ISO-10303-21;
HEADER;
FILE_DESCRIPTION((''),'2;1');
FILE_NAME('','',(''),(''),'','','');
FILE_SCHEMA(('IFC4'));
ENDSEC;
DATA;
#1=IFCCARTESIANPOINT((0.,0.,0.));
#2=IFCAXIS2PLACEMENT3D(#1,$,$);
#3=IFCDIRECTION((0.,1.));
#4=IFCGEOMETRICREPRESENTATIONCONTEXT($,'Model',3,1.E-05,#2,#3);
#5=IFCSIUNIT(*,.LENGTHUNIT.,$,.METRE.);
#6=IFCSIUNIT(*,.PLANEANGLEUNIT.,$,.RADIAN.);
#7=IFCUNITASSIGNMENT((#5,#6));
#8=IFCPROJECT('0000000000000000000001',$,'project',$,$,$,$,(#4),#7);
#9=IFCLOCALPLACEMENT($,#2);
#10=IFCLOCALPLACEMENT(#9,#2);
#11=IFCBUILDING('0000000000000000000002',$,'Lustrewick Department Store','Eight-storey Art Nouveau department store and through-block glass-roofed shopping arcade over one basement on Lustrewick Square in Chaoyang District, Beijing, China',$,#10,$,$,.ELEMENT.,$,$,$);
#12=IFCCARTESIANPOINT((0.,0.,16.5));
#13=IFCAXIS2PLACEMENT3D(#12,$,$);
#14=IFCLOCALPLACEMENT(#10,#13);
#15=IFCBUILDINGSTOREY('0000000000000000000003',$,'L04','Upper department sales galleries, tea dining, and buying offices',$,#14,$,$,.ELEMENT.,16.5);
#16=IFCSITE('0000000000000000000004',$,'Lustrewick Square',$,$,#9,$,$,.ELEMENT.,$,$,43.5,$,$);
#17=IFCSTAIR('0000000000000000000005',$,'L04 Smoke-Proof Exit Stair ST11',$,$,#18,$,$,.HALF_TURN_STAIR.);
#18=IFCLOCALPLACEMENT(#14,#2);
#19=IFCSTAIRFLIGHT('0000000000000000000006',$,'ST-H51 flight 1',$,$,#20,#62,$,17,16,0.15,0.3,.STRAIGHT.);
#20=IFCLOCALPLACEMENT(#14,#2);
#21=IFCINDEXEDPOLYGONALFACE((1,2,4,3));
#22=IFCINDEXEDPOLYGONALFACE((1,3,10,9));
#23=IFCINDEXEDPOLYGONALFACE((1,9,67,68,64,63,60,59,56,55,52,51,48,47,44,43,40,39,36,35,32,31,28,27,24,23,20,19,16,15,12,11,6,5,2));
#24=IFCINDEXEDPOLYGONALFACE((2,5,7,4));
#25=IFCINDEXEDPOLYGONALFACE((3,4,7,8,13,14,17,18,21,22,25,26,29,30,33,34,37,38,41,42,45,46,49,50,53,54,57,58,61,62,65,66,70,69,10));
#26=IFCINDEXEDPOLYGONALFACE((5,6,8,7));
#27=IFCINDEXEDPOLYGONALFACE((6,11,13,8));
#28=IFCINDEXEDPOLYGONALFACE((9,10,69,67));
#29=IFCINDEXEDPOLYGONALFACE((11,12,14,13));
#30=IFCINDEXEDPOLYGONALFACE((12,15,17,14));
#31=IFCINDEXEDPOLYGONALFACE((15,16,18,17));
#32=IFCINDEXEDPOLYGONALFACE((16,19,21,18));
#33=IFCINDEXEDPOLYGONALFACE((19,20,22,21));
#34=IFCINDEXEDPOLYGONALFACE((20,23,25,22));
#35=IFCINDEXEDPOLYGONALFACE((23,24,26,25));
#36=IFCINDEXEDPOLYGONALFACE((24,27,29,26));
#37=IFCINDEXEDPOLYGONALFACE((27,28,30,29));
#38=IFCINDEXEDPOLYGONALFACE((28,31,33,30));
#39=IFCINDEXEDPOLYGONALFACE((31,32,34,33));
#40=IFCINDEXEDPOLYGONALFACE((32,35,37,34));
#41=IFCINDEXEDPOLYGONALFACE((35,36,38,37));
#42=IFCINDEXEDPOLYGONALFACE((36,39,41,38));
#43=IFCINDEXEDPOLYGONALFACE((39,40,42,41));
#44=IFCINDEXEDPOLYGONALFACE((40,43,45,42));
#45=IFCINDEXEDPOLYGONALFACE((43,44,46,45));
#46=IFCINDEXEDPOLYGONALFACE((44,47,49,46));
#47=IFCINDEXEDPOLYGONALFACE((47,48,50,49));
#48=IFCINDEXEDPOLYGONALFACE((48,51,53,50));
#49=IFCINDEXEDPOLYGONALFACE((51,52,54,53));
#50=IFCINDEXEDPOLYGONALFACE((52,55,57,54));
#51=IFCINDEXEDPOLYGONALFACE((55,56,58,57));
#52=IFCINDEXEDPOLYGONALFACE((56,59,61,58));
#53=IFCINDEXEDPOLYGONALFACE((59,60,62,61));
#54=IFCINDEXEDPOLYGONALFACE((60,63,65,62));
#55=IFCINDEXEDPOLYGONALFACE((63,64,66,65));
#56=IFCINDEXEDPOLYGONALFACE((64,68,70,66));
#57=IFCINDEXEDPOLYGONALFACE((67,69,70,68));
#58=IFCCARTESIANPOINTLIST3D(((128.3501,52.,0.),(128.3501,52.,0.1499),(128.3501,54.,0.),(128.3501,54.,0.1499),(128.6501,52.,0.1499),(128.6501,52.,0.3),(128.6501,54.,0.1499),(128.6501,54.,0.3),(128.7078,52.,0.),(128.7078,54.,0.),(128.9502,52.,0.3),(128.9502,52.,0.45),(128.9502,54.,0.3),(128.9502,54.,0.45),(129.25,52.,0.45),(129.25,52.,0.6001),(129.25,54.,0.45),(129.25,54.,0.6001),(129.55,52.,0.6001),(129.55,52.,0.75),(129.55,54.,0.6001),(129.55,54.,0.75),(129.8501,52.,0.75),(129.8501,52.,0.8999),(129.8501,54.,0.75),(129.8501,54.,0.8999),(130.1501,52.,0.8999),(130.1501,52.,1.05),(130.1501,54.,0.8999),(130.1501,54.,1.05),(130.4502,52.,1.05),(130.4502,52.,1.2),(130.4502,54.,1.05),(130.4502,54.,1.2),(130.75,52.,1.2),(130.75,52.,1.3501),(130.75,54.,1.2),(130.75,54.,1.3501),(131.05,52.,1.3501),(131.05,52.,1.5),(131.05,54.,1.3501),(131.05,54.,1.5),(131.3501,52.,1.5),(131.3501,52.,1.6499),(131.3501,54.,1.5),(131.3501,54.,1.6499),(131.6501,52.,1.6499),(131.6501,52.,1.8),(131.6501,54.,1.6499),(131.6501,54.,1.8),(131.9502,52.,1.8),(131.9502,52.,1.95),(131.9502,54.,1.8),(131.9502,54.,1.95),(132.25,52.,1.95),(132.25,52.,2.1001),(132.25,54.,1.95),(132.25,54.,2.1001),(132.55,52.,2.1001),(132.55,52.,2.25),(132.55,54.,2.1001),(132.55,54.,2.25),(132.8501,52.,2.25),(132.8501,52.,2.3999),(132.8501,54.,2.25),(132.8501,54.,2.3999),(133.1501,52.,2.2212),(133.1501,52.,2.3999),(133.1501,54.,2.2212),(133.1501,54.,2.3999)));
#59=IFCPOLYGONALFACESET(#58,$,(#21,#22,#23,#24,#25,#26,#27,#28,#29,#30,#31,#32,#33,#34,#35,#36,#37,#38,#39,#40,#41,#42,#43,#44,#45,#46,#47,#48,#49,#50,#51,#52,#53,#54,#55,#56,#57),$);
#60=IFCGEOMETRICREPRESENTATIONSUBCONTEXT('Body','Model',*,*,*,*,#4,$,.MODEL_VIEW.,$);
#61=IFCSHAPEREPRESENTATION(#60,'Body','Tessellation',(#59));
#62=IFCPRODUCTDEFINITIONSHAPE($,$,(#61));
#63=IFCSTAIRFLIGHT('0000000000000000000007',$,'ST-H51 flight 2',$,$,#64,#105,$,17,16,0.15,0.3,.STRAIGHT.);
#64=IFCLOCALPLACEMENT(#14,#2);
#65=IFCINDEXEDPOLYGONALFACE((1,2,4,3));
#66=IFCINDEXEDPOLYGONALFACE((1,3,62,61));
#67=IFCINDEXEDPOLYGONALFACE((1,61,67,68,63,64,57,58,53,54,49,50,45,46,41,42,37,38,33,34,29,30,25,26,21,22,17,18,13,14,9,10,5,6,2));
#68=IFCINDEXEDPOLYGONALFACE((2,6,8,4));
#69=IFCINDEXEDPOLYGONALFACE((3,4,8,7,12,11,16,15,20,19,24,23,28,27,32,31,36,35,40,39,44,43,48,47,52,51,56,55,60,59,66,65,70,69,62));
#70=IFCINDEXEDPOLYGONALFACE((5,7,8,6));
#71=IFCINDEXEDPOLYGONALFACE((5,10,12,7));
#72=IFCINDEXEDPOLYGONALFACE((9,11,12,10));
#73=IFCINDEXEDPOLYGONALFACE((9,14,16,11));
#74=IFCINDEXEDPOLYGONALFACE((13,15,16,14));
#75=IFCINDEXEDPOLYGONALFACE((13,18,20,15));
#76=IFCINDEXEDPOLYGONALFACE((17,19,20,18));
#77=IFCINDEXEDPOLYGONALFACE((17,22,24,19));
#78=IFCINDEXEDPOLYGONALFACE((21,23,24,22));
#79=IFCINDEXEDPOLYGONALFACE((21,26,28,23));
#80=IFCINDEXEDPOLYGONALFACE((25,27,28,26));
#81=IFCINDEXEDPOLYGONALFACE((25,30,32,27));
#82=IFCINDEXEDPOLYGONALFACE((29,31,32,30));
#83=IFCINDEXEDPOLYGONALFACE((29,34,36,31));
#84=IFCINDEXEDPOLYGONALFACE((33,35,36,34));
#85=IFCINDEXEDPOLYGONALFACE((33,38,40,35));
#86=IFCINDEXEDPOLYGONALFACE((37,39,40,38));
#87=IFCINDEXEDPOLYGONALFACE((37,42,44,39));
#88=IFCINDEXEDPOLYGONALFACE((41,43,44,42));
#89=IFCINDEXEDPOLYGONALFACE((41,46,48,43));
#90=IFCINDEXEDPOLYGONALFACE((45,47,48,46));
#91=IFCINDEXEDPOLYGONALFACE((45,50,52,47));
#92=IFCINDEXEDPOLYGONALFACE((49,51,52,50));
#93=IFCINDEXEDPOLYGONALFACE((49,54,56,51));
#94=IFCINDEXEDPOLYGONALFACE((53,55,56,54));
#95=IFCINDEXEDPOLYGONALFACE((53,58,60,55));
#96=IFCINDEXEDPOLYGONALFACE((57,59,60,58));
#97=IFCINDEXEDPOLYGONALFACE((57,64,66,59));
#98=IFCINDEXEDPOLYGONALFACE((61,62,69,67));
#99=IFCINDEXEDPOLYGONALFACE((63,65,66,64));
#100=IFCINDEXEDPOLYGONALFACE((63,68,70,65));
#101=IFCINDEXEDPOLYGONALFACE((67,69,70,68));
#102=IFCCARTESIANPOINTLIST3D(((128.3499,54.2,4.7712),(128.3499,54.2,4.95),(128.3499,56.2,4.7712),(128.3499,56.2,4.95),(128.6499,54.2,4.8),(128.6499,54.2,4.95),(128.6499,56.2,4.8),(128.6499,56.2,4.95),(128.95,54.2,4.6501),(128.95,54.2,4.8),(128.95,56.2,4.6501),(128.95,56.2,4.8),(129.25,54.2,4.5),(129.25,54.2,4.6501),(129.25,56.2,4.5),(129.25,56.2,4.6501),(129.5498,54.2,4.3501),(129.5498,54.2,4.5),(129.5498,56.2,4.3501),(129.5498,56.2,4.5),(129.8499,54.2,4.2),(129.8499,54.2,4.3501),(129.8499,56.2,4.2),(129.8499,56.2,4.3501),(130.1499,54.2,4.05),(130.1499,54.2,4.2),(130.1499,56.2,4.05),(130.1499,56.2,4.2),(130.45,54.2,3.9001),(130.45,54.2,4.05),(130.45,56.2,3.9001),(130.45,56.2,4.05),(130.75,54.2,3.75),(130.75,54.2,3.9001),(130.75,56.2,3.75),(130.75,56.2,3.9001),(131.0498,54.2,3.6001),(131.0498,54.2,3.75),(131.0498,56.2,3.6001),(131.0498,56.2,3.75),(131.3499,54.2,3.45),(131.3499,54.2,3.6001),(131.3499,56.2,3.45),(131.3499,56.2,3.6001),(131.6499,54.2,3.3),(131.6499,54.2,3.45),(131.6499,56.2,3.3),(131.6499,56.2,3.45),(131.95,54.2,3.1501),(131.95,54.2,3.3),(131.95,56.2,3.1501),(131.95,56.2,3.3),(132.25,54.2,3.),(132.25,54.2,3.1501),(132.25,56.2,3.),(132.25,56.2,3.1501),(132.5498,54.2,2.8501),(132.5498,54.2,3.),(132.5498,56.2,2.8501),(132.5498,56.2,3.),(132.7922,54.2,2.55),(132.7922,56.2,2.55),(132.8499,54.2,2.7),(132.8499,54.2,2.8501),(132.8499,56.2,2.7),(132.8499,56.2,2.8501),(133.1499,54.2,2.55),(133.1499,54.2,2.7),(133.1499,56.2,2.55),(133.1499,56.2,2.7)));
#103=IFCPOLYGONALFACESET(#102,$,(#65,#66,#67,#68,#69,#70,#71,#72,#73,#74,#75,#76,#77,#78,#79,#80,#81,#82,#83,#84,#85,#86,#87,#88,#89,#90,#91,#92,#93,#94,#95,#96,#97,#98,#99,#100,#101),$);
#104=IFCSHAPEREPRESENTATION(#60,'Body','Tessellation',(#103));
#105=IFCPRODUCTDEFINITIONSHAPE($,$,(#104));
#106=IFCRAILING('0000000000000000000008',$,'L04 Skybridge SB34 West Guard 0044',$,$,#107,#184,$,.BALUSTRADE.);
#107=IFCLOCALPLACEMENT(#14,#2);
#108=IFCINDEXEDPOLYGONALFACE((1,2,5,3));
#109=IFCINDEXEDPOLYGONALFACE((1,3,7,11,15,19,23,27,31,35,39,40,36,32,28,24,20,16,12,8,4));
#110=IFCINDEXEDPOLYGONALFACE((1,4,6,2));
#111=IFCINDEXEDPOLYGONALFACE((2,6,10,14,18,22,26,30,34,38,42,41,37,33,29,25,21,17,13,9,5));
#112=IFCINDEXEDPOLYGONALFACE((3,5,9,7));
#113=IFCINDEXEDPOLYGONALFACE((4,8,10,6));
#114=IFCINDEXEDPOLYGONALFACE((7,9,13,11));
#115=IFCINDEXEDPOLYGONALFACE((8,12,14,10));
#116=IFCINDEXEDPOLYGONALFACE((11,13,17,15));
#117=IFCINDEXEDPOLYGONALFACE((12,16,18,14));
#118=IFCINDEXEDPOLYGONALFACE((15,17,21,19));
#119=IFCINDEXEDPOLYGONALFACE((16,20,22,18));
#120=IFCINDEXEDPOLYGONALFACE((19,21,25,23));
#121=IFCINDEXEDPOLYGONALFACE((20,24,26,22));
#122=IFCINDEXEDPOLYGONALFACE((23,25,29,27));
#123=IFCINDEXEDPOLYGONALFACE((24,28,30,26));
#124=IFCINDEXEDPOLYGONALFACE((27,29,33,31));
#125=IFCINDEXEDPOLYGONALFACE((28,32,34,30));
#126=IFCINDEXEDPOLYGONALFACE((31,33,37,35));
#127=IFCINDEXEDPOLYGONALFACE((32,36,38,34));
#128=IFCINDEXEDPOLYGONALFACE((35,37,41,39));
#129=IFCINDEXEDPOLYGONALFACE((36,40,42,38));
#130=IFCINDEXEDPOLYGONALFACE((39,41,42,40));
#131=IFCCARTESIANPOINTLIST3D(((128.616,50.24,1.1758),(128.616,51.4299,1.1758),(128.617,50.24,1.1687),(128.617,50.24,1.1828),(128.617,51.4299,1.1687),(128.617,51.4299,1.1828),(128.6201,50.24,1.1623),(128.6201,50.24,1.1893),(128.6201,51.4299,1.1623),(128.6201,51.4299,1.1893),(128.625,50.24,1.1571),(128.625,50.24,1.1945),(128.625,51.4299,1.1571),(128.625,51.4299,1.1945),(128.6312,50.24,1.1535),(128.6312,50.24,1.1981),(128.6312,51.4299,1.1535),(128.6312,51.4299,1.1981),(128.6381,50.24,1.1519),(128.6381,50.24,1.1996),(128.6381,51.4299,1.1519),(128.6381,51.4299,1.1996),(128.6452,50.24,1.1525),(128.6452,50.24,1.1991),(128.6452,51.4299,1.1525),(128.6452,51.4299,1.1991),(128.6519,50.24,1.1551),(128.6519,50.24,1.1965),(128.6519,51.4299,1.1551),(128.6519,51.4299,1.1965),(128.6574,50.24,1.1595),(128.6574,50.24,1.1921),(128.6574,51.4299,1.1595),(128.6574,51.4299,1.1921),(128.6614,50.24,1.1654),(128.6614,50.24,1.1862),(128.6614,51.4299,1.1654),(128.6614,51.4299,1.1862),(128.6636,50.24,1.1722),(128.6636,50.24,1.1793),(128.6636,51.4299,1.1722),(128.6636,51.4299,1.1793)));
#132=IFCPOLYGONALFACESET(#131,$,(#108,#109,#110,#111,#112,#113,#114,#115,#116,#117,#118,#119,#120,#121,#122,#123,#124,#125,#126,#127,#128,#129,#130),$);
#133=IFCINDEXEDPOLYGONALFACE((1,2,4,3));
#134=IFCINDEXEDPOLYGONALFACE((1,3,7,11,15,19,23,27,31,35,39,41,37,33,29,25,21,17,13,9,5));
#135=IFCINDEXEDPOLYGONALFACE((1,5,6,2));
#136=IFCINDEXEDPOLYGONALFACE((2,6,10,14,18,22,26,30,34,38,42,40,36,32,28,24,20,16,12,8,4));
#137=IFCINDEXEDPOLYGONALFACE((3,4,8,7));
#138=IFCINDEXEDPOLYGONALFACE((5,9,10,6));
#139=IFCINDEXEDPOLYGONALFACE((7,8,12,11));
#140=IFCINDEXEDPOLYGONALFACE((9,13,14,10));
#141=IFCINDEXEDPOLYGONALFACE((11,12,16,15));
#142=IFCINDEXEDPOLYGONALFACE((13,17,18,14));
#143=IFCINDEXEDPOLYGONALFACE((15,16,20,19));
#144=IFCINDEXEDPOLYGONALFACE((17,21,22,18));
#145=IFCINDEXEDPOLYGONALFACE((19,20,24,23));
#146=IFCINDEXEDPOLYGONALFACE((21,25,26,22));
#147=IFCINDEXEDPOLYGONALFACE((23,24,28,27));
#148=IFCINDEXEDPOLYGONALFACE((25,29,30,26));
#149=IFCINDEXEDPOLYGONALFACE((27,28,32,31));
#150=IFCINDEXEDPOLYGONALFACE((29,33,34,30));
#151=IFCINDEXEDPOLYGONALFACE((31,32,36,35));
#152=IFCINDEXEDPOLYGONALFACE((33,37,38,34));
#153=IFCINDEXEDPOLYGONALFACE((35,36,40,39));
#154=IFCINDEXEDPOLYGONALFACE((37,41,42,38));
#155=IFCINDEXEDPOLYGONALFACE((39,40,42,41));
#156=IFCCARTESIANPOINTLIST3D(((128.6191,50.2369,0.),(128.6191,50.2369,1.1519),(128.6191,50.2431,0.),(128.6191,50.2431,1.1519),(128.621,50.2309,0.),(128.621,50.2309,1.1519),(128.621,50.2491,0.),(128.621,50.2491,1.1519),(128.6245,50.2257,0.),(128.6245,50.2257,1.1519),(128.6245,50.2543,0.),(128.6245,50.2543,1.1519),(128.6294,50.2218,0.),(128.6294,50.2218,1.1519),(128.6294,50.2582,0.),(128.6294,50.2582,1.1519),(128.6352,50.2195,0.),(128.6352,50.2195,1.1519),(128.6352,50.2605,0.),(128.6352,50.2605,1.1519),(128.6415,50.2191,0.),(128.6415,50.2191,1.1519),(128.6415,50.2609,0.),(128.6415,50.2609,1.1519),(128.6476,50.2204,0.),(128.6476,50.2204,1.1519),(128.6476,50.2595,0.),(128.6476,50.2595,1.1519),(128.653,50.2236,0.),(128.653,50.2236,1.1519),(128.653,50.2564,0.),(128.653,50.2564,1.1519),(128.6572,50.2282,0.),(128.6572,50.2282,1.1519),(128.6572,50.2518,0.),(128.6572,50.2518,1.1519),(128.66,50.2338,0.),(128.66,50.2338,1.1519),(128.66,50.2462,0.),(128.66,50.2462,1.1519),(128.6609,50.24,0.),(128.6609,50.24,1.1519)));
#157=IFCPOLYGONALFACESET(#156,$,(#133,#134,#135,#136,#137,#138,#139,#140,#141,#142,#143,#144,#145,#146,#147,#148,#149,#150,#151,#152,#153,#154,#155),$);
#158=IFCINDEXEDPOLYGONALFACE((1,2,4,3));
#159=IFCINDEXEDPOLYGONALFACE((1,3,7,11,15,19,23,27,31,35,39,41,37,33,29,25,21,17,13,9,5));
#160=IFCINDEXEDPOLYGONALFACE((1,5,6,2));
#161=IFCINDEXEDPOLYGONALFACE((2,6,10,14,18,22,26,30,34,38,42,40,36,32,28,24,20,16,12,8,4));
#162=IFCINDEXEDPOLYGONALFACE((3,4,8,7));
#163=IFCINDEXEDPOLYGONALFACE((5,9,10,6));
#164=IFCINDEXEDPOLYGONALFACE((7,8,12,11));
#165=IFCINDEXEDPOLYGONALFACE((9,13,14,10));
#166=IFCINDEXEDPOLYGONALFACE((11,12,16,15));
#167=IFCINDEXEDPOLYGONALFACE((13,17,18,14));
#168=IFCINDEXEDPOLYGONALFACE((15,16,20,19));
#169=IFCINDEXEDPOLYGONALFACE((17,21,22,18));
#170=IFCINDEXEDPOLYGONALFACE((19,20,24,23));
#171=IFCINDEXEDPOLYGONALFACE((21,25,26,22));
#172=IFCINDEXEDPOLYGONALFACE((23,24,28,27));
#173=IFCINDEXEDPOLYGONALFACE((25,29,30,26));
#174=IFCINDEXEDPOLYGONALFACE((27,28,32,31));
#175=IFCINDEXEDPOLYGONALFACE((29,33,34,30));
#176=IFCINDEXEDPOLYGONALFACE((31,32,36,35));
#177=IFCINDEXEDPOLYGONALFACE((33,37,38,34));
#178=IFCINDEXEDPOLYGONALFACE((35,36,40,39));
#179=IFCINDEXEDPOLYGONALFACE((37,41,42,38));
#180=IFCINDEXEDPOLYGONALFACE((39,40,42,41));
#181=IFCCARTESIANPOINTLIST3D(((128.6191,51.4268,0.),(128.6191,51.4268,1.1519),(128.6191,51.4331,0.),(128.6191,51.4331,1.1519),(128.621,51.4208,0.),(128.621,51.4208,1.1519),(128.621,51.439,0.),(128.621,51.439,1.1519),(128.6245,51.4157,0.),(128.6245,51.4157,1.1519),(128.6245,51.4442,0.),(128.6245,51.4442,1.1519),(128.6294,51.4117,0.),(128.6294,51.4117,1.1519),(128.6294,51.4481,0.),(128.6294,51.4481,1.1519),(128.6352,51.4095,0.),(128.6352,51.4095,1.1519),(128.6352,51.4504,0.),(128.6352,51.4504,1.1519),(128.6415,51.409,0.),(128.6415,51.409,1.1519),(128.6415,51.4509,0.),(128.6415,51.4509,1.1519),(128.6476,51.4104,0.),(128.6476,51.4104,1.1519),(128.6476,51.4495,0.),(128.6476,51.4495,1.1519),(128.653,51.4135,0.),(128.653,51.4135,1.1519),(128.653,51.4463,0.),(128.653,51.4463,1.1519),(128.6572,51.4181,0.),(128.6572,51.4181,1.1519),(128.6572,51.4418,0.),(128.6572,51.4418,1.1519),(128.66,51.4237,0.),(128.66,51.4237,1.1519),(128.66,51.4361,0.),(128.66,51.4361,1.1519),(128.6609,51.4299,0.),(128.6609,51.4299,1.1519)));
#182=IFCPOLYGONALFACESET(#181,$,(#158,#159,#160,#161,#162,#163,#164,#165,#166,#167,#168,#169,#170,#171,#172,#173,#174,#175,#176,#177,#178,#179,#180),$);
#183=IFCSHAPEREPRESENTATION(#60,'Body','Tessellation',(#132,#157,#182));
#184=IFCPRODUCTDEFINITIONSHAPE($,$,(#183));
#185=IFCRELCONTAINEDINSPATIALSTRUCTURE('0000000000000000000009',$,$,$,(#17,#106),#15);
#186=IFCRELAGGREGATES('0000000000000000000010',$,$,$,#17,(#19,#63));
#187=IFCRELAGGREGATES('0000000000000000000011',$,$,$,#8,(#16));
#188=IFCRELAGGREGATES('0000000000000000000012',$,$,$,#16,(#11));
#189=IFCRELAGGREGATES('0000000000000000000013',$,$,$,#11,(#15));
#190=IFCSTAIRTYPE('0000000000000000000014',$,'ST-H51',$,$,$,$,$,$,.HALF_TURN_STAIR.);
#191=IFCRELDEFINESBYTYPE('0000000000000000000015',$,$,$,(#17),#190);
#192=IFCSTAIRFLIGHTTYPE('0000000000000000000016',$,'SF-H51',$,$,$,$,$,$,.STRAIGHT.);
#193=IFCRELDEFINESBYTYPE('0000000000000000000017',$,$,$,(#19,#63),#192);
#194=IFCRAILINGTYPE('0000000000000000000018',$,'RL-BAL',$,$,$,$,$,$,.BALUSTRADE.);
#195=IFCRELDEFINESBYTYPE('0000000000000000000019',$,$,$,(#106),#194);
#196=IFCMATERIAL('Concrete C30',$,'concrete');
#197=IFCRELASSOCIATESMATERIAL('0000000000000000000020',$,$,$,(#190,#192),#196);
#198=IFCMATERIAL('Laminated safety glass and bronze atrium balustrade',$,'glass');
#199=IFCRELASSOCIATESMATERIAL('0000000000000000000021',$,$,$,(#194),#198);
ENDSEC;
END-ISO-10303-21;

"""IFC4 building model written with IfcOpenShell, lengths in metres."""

from ifc_helpers import new_model, si_unit, direction, frame, origin, origin_2d, place, context, subcontext, project, spatial, polyline, circle, outline, extrude, material, type_object, element, aggregate, save


model = new_model("IFC4")

# Units and contexts
model_context = context("Model", 3, precision=1e-05, world=origin(), true_north=direction((0.0, 1.0)))
body_context = subcontext(model_context, "Body", "Model", "MODEL_VIEW")
ifc_project = project(units=[si_unit("LENGTHUNIT", "METRE"), si_unit("PLANEANGLEUNIT", "RADIAN")], contexts=[model_context])

# Site, building, storey
site_placement = place(None, origin())
site = spatial("IfcSite", under=ifc_project, at=site_placement, Name="Lustrewick Square", CompositionType="ELEMENT", RefElevation=43.5)
building_placement = place(site_placement, origin())
building = spatial("IfcBuilding", under=site, at=building_placement, Name="Lustrewick Department Store", Description="Eight-storey Art Nouveau department store and through-block glass-roofed shopping arcade over one basement on Lustrewick Square in Chaoyang District, Beijing, China", CompositionType="ELEMENT")
storey_placement = place(building_placement, frame((0.0, 0.0, 16.5)))
storey = spatial("IfcBuildingStorey", under=building, at=storey_placement, Name="L04", Description="Upper department sales galleries, tea dining, and buying offices", CompositionType="ELEMENT", Elevation=16.5)

# Stair, stair flights
ifc_material_1 = material(Name="Concrete C30", Category="concrete")
stair_type = type_object("IfcStairType", Name="ST-H51", PredefinedType="HALF_TURN_STAIR", material=ifc_material_1)
stair_placement = place(storey_placement, origin())
stair = element("IfcStair", 1, at=stair_placement, inside=storey, type_object=stair_type, Name="L04 Smoke-Proof Exit Stair ST11", PredefinedType="HALF_TURN_STAIR")
stair_flight_type = type_object("IfcStairFlightType", Name="SF-H51", PredefinedType="STRAIGHT", material=ifc_material_1)
stair_flight_1_placement = place(storey_placement, frame((128.3501, 53.0, 0.0), z_axis=(0.0, 0.0, 1.0), x_axis=(1.0, 0.0, 0.0)))
stair_flight_1 = element("IfcStairFlight", 2, at=stair_flight_1_placement, type_object=stair_flight_type, Name="ST-H51 flight 1", NumberOfRisers=17, NumberOfTreads=16, PredefinedType="STRAIGHT", RiserHeight=0.15, TreadLength=0.3, context=body_context, shape_type="SweptSolid", body=[
    extrude(outline(polyline([(0.0, 0.0), (0.0, 0.1499), (0.3, 0.1499), (0.3, 0.3), (0.6001, 0.3), (0.6001, 0.45), (0.8999, 0.45), (0.8999, 0.6001), (1.2, 0.6001), (1.2, 0.75), (1.5, 0.75), (1.5, 0.8999), (1.8, 0.8999), (1.8, 1.05), (2.1001, 1.05), (2.1001, 1.2), (2.3999, 1.2), (2.3999, 1.3501), (2.7, 1.3501), (2.7, 1.5), (3.0, 1.5), (3.0, 1.6499), (3.3, 1.6499), (3.3, 1.8), (3.6001, 1.8), (3.6001, 1.95), (3.8999, 1.95), (3.8999, 2.1001), (4.2, 2.1001), (4.2, 2.25), (4.5, 2.25), (4.5, 2.3999), (4.8, 2.3999), (4.8, 2.55), (4.8, 2.2212), (0.3577, 0.0), (0.0, 0.0)])), frame((0.0, 1.0, 0.0), z_axis=(0.0, -1.0, 0.0), x_axis=(1.0, 0.0, 0.0)), (0.0, 0.0, 1.0), 2.0),
])
stair_flight_2_placement = place(storey_placement, frame((133.1499, 55.2, 2.55), z_axis=(0.0, 0.0, 1.0), x_axis=(-1.0, 0.0, 0.0)))
stair_flight_2 = element("IfcStairFlight", 3, at=stair_flight_2_placement, type_object=stair_flight_type, Name="ST-H51 flight 2", NumberOfRisers=17, NumberOfTreads=16, PredefinedType="STRAIGHT", RiserHeight=0.15, TreadLength=0.3, context=body_context, shape_type="SweptSolid", body=[
    extrude(outline(polyline([(0.0, 0.0), (0.0, 0.1499), (0.3, 0.1499), (0.3, 0.3), (0.6001, 0.3), (0.6001, 0.45), (0.8999, 0.45), (0.8999, 0.6001), (1.2, 0.6001), (1.2, 0.75), (1.5, 0.75), (1.5, 0.8999), (1.8, 0.8999), (1.8, 1.05), (2.1001, 1.05), (2.1001, 1.2), (2.3999, 1.2), (2.3999, 1.3501), (2.7, 1.3501), (2.7, 1.5), (3.0, 1.5), (3.0, 1.6499), (3.3, 1.6499), (3.3, 1.8), (3.6001, 1.8), (3.6001, 1.95), (3.8999, 1.95), (3.8999, 2.1001), (4.2, 2.1001), (4.2, 2.25), (4.5, 2.25), (4.5, 2.3999), (4.8, 2.3999), (4.8, 2.55), (4.8, 2.2212), (0.3577, 0.0), (0.0, 0.0)])), frame((0.0, 1.0, 0.0), z_axis=(0.0, -1.0, 0.0), x_axis=(1.0, 0.0, 0.0)), (0.0, 0.0, 1.0), 2.0),
])
aggregate(stair, [stair_flight_1, stair_flight_2])

# Railing
ifc_material_2 = material(Name="Laminated safety glass and bronze atrium balustrade", Category="glass")
railing_type_1 = type_object("IfcRailingType", Name="RL-BAL", PredefinedType="BALUSTRADE", material=ifc_material_2)
for number, where, name in (
    (4, (128.6399, 50.24, 0.0), "L04 Skybridge SB34 West Guard 0044"),
):
    element("IfcRailing", number, at=place(storey_placement, frame(where)), inside=storey, type_object=railing_type_1, Name=name, PredefinedType="BALUSTRADE", context=body_context, shape_type="SweptSolid", body=[
        extrude(circle(Radius=0.0239, at=origin_2d()), frame((0.0, 0.0, 1.1758), z_axis=(0.0, 1.0, 0.0), x_axis=(-1.0, 0.0, 0.0)), (0.0, 0.0, 1.0), 1.1899),
        extrude(circle(Radius=0.021, at=origin_2d()), origin(), (0.0, 0.0, 1.0), 1.1519),
        extrude(circle(Radius=0.021, at=origin_2d()), frame((0.0, 1.1899, 0.0)), (0.0, 0.0, 1.0), 1.1519),
    ])

save(model, "model.ifc")
